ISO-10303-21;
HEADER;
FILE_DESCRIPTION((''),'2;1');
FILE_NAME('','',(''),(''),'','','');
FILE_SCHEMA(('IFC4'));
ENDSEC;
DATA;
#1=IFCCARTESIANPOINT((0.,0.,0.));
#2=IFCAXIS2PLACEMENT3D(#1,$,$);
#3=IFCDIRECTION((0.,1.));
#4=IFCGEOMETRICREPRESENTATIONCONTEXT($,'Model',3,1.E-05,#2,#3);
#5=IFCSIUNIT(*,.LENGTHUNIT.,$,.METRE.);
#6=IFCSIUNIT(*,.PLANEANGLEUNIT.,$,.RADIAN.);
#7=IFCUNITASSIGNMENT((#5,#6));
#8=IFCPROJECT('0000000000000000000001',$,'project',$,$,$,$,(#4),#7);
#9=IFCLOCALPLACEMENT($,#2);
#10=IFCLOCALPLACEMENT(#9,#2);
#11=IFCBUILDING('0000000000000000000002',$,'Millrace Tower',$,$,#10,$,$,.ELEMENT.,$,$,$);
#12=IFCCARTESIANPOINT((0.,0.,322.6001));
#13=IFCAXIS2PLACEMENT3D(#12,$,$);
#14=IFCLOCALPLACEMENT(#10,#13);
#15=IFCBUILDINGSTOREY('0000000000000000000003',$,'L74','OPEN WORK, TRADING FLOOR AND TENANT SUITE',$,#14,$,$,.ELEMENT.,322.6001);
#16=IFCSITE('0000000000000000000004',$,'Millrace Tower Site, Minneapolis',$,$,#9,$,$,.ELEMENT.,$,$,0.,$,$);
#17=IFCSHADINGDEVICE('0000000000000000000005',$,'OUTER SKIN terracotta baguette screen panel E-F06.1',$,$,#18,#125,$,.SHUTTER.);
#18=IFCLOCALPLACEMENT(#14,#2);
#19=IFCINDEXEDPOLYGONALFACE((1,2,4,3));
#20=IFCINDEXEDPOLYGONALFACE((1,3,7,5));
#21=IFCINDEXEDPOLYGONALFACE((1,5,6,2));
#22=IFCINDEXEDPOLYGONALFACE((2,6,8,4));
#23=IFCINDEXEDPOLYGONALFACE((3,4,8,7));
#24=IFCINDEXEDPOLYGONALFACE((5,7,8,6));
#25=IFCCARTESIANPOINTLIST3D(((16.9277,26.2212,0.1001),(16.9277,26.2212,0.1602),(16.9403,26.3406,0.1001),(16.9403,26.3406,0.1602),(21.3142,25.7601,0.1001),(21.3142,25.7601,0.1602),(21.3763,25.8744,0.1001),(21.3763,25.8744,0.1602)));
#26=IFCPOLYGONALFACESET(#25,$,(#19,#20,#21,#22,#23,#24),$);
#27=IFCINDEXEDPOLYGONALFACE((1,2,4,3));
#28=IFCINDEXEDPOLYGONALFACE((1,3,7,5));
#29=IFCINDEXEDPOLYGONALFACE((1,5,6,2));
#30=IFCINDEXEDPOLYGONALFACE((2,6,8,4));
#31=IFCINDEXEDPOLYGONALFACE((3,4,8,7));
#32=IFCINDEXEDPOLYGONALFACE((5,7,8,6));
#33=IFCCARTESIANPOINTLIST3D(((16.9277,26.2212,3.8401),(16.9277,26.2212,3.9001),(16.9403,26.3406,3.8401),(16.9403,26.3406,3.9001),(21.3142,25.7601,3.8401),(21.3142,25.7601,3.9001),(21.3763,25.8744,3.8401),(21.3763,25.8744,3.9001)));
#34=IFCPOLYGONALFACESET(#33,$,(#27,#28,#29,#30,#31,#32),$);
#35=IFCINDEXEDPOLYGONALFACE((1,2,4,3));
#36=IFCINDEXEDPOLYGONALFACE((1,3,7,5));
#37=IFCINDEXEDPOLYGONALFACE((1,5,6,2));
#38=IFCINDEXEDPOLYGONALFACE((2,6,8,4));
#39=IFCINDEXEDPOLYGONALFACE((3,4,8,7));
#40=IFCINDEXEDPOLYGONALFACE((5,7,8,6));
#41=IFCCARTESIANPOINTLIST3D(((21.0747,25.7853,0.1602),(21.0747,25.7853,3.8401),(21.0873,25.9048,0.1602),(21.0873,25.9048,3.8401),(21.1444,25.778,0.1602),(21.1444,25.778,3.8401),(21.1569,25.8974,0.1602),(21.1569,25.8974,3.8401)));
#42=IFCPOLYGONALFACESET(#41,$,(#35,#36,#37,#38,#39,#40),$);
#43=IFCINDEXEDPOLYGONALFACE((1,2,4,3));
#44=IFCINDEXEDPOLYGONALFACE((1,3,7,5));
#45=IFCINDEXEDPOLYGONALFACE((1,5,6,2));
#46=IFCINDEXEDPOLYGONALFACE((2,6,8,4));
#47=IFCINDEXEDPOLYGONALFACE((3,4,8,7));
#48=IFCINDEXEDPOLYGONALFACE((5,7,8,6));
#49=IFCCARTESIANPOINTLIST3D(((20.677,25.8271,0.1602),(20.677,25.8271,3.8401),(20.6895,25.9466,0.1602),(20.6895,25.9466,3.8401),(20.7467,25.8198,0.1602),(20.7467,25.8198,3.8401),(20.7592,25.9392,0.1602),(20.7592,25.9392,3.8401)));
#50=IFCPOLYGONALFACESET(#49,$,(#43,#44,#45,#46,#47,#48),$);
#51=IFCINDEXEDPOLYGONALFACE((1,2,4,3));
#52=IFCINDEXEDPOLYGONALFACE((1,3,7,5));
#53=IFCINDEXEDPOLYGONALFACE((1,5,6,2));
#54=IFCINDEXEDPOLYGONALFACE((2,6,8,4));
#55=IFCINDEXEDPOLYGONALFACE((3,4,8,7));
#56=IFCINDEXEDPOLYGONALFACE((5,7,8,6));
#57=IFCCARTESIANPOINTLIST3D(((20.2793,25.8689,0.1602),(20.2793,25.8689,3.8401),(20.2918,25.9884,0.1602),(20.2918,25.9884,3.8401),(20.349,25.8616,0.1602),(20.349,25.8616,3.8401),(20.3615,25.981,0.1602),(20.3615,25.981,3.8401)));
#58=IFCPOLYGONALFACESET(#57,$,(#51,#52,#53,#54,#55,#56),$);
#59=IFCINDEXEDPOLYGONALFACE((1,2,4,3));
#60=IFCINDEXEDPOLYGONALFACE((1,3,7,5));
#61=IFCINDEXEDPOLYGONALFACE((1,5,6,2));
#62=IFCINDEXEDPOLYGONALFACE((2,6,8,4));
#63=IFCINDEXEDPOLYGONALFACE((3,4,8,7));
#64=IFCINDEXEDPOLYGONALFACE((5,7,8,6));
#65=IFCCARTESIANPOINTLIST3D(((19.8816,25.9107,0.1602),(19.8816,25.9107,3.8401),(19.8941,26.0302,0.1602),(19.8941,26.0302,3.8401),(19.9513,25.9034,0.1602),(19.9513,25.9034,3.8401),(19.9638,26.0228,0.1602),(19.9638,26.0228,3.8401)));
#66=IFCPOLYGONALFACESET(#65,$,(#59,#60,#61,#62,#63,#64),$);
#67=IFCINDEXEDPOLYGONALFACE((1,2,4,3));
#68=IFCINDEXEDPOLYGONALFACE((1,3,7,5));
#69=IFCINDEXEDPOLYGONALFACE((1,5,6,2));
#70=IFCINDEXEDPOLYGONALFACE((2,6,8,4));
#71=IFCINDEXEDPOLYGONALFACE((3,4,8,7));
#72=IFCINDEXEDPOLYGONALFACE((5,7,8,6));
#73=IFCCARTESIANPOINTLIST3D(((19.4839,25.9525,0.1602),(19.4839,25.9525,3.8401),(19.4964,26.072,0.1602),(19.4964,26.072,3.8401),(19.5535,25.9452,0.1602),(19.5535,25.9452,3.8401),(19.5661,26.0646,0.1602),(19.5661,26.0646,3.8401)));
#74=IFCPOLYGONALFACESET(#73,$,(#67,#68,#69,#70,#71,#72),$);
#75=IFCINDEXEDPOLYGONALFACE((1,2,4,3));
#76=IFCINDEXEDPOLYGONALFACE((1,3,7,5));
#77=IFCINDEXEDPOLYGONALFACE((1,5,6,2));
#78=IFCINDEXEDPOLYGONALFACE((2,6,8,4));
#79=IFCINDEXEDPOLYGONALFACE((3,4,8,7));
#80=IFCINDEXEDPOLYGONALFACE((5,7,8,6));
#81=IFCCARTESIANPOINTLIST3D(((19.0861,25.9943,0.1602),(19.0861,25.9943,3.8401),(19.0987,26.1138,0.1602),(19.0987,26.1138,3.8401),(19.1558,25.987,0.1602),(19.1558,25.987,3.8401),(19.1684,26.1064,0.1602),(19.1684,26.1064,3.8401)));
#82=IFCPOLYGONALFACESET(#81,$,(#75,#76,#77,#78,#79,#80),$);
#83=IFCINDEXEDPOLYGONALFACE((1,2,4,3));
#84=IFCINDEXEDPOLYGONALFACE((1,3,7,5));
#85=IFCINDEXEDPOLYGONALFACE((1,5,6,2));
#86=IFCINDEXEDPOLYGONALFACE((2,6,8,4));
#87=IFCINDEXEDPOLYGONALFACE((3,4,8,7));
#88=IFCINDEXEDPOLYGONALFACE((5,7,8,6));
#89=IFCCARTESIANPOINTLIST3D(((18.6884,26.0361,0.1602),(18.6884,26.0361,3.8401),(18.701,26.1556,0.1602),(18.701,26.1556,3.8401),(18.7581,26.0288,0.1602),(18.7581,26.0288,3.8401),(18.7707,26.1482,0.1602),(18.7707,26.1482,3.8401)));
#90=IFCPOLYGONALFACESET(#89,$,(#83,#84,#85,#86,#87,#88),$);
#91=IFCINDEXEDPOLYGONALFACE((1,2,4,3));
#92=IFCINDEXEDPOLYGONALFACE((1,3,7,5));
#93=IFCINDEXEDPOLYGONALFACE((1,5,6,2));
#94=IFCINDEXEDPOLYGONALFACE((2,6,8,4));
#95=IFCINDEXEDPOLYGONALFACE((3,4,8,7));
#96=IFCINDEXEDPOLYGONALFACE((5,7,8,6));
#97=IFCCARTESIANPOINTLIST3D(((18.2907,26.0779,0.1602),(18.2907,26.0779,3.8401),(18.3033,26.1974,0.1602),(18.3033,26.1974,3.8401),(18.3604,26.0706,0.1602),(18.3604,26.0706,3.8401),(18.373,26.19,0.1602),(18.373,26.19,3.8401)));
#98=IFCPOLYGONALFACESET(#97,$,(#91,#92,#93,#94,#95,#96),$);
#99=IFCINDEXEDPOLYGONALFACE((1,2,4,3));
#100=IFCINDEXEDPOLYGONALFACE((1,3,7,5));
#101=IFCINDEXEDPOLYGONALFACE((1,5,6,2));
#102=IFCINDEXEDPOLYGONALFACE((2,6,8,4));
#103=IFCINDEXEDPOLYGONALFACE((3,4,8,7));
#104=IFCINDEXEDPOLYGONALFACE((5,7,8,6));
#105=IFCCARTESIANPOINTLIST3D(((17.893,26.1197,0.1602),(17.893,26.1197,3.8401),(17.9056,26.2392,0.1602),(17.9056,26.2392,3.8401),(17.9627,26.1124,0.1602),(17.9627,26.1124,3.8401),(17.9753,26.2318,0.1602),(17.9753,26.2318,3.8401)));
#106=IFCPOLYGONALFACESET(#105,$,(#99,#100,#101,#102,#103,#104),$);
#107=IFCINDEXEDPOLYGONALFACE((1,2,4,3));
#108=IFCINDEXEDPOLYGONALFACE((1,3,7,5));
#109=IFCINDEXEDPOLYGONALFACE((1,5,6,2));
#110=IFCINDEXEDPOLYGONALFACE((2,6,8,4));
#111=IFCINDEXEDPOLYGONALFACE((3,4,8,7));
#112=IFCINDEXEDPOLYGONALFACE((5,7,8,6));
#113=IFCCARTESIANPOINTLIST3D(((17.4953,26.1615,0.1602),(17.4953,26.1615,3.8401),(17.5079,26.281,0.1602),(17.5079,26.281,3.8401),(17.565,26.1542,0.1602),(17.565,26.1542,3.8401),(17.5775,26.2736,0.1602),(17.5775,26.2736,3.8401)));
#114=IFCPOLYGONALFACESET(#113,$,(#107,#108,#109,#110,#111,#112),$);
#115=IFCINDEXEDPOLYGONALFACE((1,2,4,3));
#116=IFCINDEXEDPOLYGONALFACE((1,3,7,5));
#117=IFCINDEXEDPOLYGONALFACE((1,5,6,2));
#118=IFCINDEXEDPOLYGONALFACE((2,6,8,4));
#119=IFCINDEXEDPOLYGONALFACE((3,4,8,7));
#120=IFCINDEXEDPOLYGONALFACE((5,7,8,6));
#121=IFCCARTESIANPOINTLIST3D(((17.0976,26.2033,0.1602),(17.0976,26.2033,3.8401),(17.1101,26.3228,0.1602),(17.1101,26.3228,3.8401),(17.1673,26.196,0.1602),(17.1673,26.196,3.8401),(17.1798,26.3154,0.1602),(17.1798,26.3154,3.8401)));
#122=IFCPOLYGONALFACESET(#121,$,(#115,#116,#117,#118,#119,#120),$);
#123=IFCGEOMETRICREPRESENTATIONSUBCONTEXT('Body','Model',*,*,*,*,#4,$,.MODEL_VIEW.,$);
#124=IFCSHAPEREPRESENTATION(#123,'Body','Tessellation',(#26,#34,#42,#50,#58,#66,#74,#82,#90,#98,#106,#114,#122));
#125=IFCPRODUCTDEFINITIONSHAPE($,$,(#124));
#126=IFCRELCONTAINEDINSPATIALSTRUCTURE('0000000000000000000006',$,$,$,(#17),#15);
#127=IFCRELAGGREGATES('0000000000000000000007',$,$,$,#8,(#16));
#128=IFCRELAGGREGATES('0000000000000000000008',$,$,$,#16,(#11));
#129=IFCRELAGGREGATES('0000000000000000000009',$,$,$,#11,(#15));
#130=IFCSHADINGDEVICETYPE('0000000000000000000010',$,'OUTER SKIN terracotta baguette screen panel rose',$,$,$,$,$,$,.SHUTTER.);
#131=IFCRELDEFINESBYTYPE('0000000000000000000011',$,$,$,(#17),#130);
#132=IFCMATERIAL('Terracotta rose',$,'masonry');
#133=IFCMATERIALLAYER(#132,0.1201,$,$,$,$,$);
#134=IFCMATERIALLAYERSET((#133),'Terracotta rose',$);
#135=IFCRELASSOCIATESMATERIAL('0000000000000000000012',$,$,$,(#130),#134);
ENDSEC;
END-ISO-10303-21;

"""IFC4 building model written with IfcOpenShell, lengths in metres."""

from ifc_helpers import new_model, entity, si_unit, direction, frame, frame_2d, origin, place, context, subcontext, project, spatial, rectangle, extrude, source, transform, mapped, material, layer, layer_set, type_object, element, save


model = new_model("IFC4")

# Units and contexts
model_context = context("Model", 3, precision=1e-05, world=origin(), true_north=direction((0.0, 1.0)))
body_context = subcontext(model_context, "Body", "Model", "MODEL_VIEW")
ifc_project = project(units=[si_unit("LENGTHUNIT", "METRE"), si_unit("PLANEANGLEUNIT", "RADIAN")], contexts=[model_context])

# Site, building, storey
site_placement = place(None, origin())
site = spatial("IfcSite", under=ifc_project, at=site_placement, Name="Millrace Tower Site, Minneapolis", CompositionType="ELEMENT", RefElevation=0.0)
building_placement = place(site_placement, origin())
building = spatial("IfcBuilding", under=site, at=building_placement, Name="Millrace Tower", CompositionType="ELEMENT")
storey_placement = place(building_placement, frame((0.0, 0.0, 322.6001)))
storey = spatial("IfcBuildingStorey", under=building, at=storey_placement, Name="L74", Description="OPEN WORK, TRADING FLOOR AND TENANT SUITE", CompositionType="ELEMENT", Elevation=322.6001)

# Shading device
ifc_material_1 = material(Name="Terracotta rose", Category="masonry")
ifc_layer_1 = layer(ifc_material_1, 0.1201)
ifc_layer_set_1 = layer_set([ifc_layer_1], Name="Terracotta rose")
shading_device_type = type_object("IfcShadingDeviceType", Name="OUTER SKIN terracotta baguette screen panel rose", PredefinedType="SHUTTER", material=ifc_layer_set_1)
cartesian_point_1 = entity("IfcCartesianPoint", [-2.1929, 0.0601])
shared_polyline_1 = entity("IfcPolyline", [cartesian_point_1, entity("IfcCartesianPoint", [2.2178, 0.0601]), entity("IfcCartesianPoint", [2.2178, -0.0601]), entity("IfcCartesianPoint", [-2.2427, -0.0601]), cartesian_point_1])
shared_shape_1 = source(origin(), body_context, "Body", "SweptSolid", [
    entity("IfcExtrudedAreaSolid", entity("IfcArbitraryClosedProfileDef", "AREA", None, shared_polyline_1), entity("IfcAxis2Placement3D", entity("IfcCartesianPoint", [0.0, 0.0, 0.0])), entity("IfcDirection", [0.0, 0.0, 1.0]), 0.0601),
    entity("IfcExtrudedAreaSolid", entity("IfcArbitraryClosedProfileDef", "AREA", None, shared_polyline_1), entity("IfcAxis2Placement3D", entity("IfcCartesianPoint", [0.0, 0.0, 3.74])), entity("IfcDirection", [0.0, 0.0, 1.0]), 0.0601),
    extrude(rectangle(XDim=0.0701, YDim=0.1201, at=frame_2d((-1.9871, 0.0))), frame((0.0, 0.0, 0.0601)), (0.0, 0.0, 1.0), 3.6799),
    extrude(rectangle(XDim=0.0701, YDim=0.1201, at=frame_2d((-1.5872, 0.0))), frame((0.0, 0.0, 0.0601)), (0.0, 0.0, 1.0), 3.6799),
    extrude(rectangle(XDim=0.0701, YDim=0.1201, at=frame_2d((-1.1873, 0.0))), frame((0.0, 0.0, 0.0601)), (0.0, 0.0, 1.0), 3.6799),
    extrude(rectangle(XDim=0.0701, YDim=0.1201, at=frame_2d((-0.7874, 0.0))), frame((0.0, 0.0, 0.0601)), (0.0, 0.0, 1.0), 3.6799),
    extrude(rectangle(XDim=0.0701, YDim=0.1201, at=frame_2d((-0.3875, 0.0))), frame((0.0, 0.0, 0.0601)), (0.0, 0.0, 1.0), 3.6799),
    extrude(rectangle(XDim=0.0701, YDim=0.1201, at=frame_2d((0.0125, 0.0))), frame((0.0, 0.0, 0.0601)), (0.0, 0.0, 1.0), 3.6799),
    extrude(rectangle(XDim=0.0701, YDim=0.1201, at=frame_2d((0.4124, 0.0))), frame((0.0, 0.0, 0.0601)), (0.0, 0.0, 1.0), 3.6799),
    extrude(rectangle(XDim=0.0701, YDim=0.1201, at=frame_2d((0.8123, 0.0))), frame((0.0, 0.0, 0.0601)), (0.0, 0.0, 1.0), 3.6799),
    extrude(rectangle(XDim=0.0701, YDim=0.1201, at=frame_2d((1.2122, 0.0))), frame((0.0, 0.0, 0.0601)), (0.0, 0.0, 1.0), 3.6799),
    extrude(rectangle(XDim=0.0701, YDim=0.1201, at=frame_2d((1.6121, 0.0))), frame((0.0, 0.0, 0.0601)), (0.0, 0.0, 1.0), 3.6799),
    extrude(rectangle(XDim=0.0701, YDim=0.1201, at=frame_2d((2.012, 0.0))), frame((0.0, 0.0, 0.0601)), (0.0, 0.0, 1.0), 3.6799),
])
shading_device_1_placement = place(storey_placement, frame((19.1396, 26.0491, 0.1001), z_axis=(0.0, 0.0, 1.0), x_axis=(-0.994522, 0.104528, 0.0)))
element("IfcShadingDevice", 1, at=shading_device_1_placement, inside=storey, type_object=shading_device_type, Name="OUTER SKIN terracotta baguette screen panel E-F06.1", PredefinedType="SHUTTER", context=body_context, shape_type="MappedRepresentation", body=[
    mapped(shared_shape_1, transform((0.0, 0.0, 0.0), scale=1.0)),
])

save(model, "model.ifc")
